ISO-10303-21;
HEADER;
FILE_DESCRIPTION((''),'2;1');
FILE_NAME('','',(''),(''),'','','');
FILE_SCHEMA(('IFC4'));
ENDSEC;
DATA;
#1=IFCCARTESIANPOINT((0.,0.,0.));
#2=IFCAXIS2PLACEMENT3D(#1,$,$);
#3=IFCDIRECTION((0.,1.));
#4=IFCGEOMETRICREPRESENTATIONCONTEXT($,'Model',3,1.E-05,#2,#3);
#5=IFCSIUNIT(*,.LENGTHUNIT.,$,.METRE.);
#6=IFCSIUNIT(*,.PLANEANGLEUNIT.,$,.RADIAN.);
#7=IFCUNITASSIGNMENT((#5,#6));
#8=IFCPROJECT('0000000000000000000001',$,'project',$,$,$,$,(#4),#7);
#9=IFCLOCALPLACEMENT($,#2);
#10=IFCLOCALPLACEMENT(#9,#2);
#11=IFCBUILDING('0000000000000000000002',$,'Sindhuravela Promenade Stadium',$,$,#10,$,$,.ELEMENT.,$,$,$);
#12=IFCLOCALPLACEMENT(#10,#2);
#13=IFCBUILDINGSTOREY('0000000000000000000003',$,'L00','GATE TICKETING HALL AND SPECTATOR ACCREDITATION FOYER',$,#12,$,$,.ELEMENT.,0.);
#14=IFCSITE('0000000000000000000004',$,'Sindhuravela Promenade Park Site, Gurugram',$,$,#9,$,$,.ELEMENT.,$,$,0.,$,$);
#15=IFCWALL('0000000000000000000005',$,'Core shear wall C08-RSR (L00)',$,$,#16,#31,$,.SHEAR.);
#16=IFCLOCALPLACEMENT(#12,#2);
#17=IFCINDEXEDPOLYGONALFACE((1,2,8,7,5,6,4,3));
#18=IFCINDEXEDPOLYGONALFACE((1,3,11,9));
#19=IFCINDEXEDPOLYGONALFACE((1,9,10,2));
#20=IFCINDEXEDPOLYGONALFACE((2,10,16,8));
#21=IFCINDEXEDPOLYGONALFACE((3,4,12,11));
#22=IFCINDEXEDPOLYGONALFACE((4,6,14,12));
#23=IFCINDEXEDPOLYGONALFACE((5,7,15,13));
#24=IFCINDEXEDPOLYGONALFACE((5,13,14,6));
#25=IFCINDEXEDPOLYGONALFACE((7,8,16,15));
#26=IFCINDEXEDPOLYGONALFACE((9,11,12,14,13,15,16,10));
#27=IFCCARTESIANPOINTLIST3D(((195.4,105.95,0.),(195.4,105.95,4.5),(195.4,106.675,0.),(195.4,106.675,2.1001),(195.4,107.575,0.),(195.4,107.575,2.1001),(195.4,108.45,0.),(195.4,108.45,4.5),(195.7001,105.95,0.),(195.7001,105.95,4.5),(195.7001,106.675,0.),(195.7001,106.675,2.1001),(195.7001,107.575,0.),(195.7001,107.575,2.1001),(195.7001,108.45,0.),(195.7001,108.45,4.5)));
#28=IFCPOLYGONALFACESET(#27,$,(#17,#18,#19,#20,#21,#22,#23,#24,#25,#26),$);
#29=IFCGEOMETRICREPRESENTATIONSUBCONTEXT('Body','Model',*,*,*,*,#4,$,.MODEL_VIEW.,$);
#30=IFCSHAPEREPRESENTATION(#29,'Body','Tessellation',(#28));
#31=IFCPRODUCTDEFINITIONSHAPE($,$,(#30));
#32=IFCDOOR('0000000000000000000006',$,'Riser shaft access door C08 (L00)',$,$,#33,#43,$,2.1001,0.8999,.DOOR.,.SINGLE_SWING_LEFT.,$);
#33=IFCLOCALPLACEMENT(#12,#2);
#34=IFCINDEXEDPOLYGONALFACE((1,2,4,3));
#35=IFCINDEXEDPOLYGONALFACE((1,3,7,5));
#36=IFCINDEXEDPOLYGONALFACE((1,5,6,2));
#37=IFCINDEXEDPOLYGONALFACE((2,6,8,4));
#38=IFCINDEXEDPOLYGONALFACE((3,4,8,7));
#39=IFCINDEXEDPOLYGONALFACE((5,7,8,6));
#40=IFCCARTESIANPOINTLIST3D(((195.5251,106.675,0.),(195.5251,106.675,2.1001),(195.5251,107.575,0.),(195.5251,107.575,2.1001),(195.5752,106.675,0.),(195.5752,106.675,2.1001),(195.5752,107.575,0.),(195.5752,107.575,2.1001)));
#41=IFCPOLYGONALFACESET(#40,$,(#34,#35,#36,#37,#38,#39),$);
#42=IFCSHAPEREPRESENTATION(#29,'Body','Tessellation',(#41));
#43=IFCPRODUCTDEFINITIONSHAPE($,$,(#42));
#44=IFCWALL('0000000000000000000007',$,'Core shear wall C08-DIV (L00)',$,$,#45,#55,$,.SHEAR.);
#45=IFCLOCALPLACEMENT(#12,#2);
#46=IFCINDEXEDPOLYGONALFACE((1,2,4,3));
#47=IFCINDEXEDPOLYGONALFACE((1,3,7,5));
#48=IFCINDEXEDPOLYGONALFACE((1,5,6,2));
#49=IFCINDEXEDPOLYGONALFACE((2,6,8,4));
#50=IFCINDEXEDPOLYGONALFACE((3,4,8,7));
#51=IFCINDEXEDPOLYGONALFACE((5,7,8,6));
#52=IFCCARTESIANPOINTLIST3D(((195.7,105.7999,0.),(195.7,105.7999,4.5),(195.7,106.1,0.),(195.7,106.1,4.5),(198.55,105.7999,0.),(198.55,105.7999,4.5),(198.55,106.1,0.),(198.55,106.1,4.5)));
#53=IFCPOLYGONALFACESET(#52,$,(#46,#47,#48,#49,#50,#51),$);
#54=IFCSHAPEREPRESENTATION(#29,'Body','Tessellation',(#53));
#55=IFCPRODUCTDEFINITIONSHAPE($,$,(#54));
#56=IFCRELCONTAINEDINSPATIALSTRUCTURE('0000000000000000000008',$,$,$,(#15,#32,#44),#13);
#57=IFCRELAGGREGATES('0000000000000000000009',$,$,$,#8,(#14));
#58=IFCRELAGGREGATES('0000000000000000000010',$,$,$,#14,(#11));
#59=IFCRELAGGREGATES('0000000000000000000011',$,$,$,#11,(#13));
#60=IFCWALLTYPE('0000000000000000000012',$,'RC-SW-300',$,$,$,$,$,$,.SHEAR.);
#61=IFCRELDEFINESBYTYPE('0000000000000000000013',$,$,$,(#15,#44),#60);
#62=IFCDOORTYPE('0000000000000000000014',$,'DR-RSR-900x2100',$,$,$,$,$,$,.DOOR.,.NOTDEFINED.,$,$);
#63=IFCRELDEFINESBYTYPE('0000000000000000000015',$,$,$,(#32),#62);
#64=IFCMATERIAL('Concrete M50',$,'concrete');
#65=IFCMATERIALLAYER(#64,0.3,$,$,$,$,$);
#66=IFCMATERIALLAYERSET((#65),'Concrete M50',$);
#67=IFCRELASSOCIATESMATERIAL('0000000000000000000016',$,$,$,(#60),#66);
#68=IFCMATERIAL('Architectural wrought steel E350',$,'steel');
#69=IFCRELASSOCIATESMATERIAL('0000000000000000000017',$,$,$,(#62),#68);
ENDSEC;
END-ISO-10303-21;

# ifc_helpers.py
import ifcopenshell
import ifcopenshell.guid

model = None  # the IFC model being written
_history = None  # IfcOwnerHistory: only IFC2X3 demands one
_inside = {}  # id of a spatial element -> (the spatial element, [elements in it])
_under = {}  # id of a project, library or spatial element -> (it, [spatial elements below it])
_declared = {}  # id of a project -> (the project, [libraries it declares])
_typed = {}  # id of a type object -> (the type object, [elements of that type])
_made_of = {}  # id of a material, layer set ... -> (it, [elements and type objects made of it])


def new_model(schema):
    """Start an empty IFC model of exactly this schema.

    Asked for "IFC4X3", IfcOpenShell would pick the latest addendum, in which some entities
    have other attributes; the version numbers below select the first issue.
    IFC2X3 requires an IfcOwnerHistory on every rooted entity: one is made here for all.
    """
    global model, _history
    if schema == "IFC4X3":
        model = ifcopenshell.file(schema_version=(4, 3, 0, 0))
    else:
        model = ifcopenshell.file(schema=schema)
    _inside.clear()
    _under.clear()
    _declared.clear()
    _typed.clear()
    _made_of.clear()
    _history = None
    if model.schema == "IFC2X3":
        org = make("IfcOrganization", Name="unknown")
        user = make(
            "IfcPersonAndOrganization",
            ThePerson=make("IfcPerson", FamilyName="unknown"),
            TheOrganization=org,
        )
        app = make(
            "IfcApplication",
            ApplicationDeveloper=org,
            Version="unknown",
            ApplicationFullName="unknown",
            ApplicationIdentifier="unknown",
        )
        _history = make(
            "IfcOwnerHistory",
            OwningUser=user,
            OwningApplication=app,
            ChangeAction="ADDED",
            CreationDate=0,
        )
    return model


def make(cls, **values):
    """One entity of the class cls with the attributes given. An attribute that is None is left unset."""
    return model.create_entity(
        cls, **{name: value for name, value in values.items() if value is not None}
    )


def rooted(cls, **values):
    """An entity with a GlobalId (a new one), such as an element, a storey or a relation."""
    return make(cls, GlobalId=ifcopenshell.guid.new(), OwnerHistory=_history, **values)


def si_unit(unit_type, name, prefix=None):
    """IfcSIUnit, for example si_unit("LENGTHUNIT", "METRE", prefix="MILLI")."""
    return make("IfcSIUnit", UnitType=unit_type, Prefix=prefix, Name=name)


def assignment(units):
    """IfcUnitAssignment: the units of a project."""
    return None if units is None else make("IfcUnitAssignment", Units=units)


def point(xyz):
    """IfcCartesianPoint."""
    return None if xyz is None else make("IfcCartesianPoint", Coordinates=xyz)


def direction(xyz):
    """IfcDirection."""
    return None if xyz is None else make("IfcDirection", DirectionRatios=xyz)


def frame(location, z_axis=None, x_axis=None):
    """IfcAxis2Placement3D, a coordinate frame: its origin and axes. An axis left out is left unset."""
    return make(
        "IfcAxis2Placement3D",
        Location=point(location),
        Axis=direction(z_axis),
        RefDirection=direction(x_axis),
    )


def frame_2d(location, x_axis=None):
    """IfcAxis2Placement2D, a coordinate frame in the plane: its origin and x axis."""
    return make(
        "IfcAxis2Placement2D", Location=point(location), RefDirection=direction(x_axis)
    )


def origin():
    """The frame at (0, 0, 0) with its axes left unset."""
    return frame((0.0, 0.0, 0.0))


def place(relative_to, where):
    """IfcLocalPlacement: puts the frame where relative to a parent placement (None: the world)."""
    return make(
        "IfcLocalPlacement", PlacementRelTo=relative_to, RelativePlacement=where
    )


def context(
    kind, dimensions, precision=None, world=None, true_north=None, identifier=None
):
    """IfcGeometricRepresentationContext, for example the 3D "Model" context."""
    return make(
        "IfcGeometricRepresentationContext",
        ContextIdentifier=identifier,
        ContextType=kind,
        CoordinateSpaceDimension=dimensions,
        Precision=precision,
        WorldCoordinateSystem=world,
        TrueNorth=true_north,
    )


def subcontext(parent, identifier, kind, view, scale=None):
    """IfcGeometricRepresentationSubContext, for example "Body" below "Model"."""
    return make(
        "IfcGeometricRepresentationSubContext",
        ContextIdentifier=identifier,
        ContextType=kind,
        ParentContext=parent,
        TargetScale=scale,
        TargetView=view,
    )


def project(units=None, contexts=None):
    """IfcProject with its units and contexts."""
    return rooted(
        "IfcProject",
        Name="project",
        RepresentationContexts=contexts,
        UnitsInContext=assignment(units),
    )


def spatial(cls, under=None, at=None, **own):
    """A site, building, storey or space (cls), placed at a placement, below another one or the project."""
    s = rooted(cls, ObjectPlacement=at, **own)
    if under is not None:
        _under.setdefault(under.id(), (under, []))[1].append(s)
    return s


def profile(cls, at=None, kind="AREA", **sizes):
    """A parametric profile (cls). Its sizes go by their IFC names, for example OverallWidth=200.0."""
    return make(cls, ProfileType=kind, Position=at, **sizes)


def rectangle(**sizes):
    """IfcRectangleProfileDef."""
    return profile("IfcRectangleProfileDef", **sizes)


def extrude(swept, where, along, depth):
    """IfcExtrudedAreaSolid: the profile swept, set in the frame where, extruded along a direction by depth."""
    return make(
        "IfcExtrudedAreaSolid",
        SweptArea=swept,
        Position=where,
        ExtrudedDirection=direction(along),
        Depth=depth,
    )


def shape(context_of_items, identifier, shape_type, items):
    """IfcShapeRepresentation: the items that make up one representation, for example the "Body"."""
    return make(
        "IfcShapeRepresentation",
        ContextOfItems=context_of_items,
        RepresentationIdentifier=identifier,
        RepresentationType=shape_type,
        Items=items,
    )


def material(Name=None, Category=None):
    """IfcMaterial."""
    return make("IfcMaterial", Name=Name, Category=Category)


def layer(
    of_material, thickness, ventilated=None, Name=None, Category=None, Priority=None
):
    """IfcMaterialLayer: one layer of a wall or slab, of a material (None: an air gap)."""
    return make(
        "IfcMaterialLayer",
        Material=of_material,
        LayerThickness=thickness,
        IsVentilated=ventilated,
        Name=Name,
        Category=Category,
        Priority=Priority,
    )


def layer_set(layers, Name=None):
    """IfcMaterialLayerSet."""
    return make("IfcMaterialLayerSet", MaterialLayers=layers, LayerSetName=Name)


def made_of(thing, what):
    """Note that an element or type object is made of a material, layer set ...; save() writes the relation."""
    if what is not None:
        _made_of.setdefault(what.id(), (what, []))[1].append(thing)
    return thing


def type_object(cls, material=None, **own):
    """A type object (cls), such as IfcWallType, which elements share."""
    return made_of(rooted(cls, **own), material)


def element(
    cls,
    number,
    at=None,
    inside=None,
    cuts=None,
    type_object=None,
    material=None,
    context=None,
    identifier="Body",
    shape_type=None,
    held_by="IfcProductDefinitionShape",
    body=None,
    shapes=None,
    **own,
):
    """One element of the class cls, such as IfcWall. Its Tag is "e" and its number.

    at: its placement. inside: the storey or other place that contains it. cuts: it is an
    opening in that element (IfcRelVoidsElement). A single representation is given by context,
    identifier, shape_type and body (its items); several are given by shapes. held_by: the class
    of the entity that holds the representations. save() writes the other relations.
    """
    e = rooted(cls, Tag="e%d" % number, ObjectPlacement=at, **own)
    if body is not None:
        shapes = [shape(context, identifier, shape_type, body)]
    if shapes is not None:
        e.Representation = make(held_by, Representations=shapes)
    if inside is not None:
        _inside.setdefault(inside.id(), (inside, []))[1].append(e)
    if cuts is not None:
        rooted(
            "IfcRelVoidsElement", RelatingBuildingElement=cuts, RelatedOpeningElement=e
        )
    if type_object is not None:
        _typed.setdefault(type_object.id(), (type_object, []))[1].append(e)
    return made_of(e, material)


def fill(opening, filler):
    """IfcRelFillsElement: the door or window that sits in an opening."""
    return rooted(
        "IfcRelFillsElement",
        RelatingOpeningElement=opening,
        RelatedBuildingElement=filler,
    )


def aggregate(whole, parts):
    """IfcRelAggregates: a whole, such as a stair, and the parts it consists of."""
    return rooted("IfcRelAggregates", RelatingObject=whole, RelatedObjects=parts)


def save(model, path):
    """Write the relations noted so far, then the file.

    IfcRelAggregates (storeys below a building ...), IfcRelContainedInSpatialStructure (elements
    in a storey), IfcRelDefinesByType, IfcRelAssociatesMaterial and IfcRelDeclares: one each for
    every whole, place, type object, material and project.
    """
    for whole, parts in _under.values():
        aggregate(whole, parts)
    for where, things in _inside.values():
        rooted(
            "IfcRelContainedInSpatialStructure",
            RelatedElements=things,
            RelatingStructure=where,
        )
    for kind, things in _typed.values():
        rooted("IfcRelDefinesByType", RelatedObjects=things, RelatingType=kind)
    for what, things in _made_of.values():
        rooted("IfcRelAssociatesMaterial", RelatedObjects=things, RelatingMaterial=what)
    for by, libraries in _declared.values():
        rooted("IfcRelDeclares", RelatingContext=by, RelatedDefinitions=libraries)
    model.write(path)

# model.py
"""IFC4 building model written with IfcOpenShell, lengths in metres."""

from ifc_helpers import new_model, si_unit, direction, frame, frame_2d, origin, place, context, subcontext, project, spatial, rectangle, extrude, material, layer, layer_set, type_object, element, fill, save


model = new_model("IFC4")

# Units and contexts
model_context = context("Model", 3, precision=1e-05, world=origin(), true_north=direction((0.0, 1.0)))
body_context = subcontext(model_context, "Body", "Model", "MODEL_VIEW")
ifc_project = project(units=[si_unit("LENGTHUNIT", "METRE"), si_unit("PLANEANGLEUNIT", "RADIAN")], contexts=[model_context])

# Site, building, storey
site_placement = place(None, origin())
site = spatial("IfcSite", under=ifc_project, at=site_placement, Name="Sindhuravela Promenade Park Site, Gurugram", CompositionType="ELEMENT", RefElevation=0.0)
building_placement = place(site_placement, origin())
building = spatial("IfcBuilding", under=site, at=building_placement, Name="Sindhuravela Promenade Stadium", CompositionType="ELEMENT")
storey_placement = place(building_placement, origin())
storey = spatial("IfcBuildingStorey", under=building, at=storey_placement, Name="L00", Description="GATE TICKETING HALL AND SPECTATOR ACCREDITATION FOYER", CompositionType="ELEMENT", Elevation=0.0)

# Shared definitions
ifc_material_1 = material(Name="Concrete M50", Category="concrete")

# Shared definitions
ifc_layer_1 = layer(ifc_material_1, 0.3)
ifc_layer_set_1 = layer_set([ifc_layer_1], Name="Concrete M50")
wall_type = type_object("IfcWallType", Name="RC-SW-300", PredefinedType="SHEAR", material=ifc_layer_set_1)
ifc_material_2 = material(Name="Architectural wrought steel E350", Category="steel")

# Wall, opening, door
wall_1_placement = place(storey_placement, frame((195.55, 105.95, 0.0), z_axis=(0.0, 0.0, 1.0), x_axis=(0.0, 1.0, 0.0)))
wall_1 = element("IfcWall", 1, at=wall_1_placement, inside=storey, type_object=wall_type, Name="Core shear wall C08-RSR (L00)", PredefinedType="SHEAR", context=body_context, shape_type="SweptSolid", body=[
    extrude(rectangle(XDim=2.5, YDim=0.3, at=frame_2d((1.25, 0.0))), origin(), (0.0, 0.0, 1.0), 4.5),
])
opening_1_placement = place(wall_1_placement, frame((0.7251, 0.0, 0.0)))
opening_1 = element("IfcOpeningElement", 2, at=opening_1_placement, cuts=wall_1, PredefinedType="OPENING", context=body_context, shape_type="SweptSolid", body=[
    extrude(rectangle(XDim=0.8999, YDim=2.1001, at=frame_2d((0.45, 1.05))), frame((0.0, 0.1599, 0.0), z_axis=(0.0, -1.0, 0.0), x_axis=(1.0, 0.0, 0.0)), (0.0, 0.0, 1.0), 0.3201),
])
door_type_1 = type_object("IfcDoorType", Name="DR-RSR-900x2100", OperationType="NOTDEFINED", PredefinedType="DOOR", material=ifc_material_2)
door_1_placement = place(opening_1_placement, origin())
door_1 = element("IfcDoor", 3, at=door_1_placement, inside=storey, type_object=door_type_1, Name="Riser shaft access door C08 (L00)", OperationType="SINGLE_SWING_LEFT", OverallHeight=2.1001, OverallWidth=0.8999, PredefinedType="DOOR", context=body_context, shape_type="SweptSolid", body=[
    extrude(rectangle(XDim=0.8999, YDim=2.1001, at=frame_2d((0.45, 1.05))), frame((0.0, 0.0249, 0.0), z_axis=(0.0, -1.0, 0.0), x_axis=(1.0, 0.0, 0.0)), (0.0, 0.0, 1.0), 0.05),
])
fill(opening_1, door_1)

# Wall
wall_2_placement = place(storey_placement, frame((195.7, 105.95, 0.0), z_axis=(0.0, 0.0, 1.0), x_axis=(1.0, 0.0, 0.0)))
element("IfcWall", 4, at=wall_2_placement, inside=storey, type_object=wall_type, Name="Core shear wall C08-DIV (L00)", PredefinedType="SHEAR", context=body_context, shape_type="SweptSolid", body=[
    extrude(rectangle(XDim=2.8501, YDim=0.3, at=frame_2d((1.425, 0.0))), origin(), (0.0, 0.0, 1.0), 4.5),
])

save(model, "model.ifc")
